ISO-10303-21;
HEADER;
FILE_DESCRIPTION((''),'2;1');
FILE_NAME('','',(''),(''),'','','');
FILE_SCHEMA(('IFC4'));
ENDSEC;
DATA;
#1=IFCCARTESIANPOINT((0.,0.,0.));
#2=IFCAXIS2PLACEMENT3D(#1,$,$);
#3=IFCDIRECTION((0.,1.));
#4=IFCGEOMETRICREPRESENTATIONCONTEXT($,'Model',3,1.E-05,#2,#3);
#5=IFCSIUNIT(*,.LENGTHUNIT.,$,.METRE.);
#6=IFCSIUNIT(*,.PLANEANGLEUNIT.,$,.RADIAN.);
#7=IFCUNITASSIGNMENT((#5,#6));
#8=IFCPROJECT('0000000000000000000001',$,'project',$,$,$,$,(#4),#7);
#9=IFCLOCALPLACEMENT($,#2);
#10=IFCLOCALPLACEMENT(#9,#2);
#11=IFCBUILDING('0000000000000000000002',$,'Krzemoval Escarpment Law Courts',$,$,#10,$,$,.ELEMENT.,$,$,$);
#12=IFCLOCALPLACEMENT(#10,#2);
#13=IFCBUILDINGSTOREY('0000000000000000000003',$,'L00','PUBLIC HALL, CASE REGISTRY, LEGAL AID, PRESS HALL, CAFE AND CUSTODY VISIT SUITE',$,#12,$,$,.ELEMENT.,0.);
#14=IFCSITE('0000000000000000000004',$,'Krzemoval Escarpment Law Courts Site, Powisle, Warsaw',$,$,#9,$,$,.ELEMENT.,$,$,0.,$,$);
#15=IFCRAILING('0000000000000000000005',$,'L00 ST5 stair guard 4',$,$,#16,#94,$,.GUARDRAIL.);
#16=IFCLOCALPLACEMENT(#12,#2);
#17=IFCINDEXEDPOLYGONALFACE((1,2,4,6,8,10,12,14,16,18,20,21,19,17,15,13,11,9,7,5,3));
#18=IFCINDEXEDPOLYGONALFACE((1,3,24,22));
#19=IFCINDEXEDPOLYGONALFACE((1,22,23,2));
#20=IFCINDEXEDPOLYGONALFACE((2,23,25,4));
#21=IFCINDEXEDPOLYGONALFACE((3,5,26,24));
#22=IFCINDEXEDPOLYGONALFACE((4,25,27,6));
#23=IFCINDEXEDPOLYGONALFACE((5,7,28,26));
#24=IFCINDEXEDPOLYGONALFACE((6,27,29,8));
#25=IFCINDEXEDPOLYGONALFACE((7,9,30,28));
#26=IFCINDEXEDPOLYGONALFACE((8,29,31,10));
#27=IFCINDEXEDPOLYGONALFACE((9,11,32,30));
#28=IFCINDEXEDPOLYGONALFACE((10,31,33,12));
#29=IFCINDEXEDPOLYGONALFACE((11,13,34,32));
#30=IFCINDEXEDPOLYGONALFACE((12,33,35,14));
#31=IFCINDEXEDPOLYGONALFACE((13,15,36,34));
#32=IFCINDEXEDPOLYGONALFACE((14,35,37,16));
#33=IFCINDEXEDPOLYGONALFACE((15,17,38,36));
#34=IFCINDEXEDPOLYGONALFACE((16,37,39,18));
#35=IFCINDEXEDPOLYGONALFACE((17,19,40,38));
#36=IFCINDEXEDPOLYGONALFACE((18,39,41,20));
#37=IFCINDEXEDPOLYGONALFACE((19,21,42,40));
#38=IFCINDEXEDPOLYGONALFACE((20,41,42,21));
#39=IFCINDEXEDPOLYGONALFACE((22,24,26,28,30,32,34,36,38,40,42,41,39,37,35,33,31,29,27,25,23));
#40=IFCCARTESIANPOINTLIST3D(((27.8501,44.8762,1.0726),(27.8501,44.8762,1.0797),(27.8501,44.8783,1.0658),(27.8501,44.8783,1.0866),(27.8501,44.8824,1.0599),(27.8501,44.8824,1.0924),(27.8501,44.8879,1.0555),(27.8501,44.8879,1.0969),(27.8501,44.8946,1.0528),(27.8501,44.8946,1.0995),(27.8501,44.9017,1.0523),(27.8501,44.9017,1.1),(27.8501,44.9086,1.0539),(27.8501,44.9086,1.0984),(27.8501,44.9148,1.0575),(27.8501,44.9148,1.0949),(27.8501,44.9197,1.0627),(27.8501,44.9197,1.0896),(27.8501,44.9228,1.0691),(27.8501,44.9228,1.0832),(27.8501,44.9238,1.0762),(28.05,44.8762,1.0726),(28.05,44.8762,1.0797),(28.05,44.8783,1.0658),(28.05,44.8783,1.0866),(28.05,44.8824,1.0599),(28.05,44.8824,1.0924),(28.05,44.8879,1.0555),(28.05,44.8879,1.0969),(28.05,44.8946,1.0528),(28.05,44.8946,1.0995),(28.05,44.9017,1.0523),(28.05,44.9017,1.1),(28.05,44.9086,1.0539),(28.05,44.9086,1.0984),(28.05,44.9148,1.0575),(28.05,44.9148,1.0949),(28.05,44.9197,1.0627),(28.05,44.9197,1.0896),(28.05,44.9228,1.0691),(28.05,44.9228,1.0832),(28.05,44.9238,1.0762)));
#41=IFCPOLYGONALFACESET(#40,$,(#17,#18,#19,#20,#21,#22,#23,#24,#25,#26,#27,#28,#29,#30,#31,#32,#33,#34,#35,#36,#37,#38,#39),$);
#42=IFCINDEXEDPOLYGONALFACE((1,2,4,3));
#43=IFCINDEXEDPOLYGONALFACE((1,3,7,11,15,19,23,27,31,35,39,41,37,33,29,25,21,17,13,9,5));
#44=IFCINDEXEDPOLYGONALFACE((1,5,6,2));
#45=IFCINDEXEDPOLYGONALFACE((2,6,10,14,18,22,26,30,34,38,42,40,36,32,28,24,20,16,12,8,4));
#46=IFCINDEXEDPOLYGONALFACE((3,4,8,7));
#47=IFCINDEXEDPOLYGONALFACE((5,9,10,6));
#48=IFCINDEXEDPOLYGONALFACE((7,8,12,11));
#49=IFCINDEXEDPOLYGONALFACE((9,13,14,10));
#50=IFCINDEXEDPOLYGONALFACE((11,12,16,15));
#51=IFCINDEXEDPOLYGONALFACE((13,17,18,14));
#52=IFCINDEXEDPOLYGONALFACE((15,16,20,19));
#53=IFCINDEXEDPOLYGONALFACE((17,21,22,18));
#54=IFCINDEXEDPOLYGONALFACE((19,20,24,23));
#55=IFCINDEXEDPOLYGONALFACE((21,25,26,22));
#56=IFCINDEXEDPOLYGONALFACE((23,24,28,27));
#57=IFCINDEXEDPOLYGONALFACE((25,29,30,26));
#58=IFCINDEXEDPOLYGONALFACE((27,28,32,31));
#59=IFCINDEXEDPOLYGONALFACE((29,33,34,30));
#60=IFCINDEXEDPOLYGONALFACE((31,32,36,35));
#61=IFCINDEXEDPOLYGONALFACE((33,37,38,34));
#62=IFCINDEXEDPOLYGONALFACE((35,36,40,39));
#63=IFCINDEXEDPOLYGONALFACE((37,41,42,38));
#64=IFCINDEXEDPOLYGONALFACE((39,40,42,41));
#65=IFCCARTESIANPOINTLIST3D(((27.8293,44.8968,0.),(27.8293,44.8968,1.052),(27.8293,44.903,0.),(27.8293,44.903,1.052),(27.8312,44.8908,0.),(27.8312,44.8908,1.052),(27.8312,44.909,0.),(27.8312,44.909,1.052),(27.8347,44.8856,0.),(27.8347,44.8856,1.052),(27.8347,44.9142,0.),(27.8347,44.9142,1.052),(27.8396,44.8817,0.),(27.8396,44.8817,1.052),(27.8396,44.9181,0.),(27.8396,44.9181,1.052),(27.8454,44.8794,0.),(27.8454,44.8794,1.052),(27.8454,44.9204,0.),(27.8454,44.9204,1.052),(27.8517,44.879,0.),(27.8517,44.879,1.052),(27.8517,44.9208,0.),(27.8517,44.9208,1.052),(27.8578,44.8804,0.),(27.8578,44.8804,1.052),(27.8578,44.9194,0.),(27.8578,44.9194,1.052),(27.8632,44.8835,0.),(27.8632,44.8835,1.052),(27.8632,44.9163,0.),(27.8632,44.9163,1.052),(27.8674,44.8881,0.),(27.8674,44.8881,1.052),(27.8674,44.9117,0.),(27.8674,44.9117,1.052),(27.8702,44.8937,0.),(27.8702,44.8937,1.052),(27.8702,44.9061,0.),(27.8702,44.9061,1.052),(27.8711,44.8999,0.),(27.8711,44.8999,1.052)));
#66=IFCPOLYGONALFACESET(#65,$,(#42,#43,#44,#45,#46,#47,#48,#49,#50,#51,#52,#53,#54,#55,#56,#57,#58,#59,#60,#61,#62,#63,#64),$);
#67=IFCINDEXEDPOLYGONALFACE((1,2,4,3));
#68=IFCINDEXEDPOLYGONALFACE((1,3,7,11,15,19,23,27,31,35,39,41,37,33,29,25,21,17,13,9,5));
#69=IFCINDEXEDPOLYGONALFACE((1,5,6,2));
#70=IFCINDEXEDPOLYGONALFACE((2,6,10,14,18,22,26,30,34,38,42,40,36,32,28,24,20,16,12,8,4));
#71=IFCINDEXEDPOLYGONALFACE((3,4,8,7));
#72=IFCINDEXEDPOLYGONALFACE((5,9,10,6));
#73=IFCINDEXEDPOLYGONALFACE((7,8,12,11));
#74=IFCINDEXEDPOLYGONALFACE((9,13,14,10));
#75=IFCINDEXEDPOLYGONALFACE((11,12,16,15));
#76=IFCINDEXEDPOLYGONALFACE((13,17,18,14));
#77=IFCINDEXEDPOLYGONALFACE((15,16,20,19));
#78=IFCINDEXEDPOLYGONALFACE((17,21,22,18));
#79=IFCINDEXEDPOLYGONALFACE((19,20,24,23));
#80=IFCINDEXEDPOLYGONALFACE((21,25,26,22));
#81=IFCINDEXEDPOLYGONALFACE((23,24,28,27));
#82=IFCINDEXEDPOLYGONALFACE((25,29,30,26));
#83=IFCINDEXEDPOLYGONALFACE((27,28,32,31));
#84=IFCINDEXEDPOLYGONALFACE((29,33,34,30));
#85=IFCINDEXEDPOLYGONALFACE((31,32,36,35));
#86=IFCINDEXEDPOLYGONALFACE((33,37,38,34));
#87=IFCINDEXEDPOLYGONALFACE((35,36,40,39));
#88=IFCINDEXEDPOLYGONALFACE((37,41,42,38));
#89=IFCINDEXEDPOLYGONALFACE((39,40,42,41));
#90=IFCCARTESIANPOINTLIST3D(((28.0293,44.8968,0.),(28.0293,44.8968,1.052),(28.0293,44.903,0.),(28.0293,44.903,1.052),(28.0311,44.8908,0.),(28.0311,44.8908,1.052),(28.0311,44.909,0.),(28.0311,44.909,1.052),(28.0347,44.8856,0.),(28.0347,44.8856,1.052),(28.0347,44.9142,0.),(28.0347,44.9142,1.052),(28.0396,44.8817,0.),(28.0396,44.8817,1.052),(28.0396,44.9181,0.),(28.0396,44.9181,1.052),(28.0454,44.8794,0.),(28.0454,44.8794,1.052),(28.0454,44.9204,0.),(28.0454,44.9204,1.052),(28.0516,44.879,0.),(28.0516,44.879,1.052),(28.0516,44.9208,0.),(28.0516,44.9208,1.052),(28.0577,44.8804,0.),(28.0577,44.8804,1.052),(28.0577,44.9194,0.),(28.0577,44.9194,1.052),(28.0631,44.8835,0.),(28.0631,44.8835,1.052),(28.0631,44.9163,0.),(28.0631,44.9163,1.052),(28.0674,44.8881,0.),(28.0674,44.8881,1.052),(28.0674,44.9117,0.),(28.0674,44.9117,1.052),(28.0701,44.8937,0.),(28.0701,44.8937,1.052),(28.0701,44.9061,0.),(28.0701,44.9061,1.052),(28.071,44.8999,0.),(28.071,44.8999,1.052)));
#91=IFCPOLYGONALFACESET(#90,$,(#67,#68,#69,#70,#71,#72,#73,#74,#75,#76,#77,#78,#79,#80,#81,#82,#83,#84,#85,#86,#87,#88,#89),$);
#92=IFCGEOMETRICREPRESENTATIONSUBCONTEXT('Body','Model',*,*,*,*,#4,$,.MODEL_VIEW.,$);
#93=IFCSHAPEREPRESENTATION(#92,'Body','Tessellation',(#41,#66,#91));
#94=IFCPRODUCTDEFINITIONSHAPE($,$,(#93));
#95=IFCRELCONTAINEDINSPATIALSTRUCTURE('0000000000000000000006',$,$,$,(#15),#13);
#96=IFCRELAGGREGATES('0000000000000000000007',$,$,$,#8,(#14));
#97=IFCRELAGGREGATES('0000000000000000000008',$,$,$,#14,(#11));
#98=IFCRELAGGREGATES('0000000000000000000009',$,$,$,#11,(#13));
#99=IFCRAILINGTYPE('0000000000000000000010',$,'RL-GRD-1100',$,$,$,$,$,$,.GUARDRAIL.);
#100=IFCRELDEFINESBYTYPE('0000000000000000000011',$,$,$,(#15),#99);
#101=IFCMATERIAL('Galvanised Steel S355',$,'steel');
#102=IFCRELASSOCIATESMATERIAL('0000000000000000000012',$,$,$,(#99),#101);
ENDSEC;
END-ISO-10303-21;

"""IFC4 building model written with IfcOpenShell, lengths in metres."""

from ifc_helpers import new_model, si_unit, direction, frame, origin, origin_2d, place, context, subcontext, project, spatial, circle, extrude, material, type_object, element, save


model = new_model("IFC4")

# Units and contexts
model_context = context("Model", 3, precision=1e-05, world=origin(), true_north=direction((0.0, 1.0)))
body_context = subcontext(model_context, "Body", "Model", "MODEL_VIEW")
ifc_project = project(units=[si_unit("LENGTHUNIT", "METRE"), si_unit("PLANEANGLEUNIT", "RADIAN")], contexts=[model_context])

# Site, building, storey
site_placement = place(None, origin())
site = spatial("IfcSite", under=ifc_project, at=site_placement, Name="Krzemoval Escarpment Law Courts Site, Powisle, Warsaw", CompositionType="ELEMENT", RefElevation=0.0)
building_placement = place(site_placement, origin())
building = spatial("IfcBuilding", under=site, at=building_placement, Name="Krzemoval Escarpment Law Courts", CompositionType="ELEMENT")
storey_placement = place(building_placement, origin())
storey = spatial("IfcBuildingStorey", under=building, at=storey_placement, Name="L00", Description="PUBLIC HALL, CASE REGISTRY, LEGAL AID, PRESS HALL, CAFE AND CUSTODY VISIT SUITE", CompositionType="ELEMENT", Elevation=0.0)

# Railing
ifc_material_1 = material(Name="Galvanised Steel S355", Category="steel")
railing_type_1 = type_object("IfcRailingType", Name="RL-GRD-1100", PredefinedType="GUARDRAIL", material=ifc_material_1)
railing_1_placement = place(storey_placement, frame((27.8501, 44.8999, 0.0)))
element("IfcRailing", 1, at=railing_1_placement, inside=storey, type_object=railing_type_1, Name="L00 ST5 stair guard 4", PredefinedType="GUARDRAIL", context=body_context, shape_type="SweptSolid", body=[
    extrude(circle(Radius=0.0239, at=origin_2d()), frame((0.0, 0.0, 1.0762), z_axis=(1.0, 0.0, 0.0), x_axis=(0.0, 1.0, 0.0)), (0.0, 0.0, 1.0), 0.2),
    extrude(circle(Radius=0.021, at=origin_2d()), origin(), (0.0, 0.0, 1.0), 1.052),
    extrude(circle(Radius=0.021, at=origin_2d()), frame((0.2, 0.0, 0.0)), (0.0, 0.0, 1.0), 1.052),
])

save(model, "model.ifc")
